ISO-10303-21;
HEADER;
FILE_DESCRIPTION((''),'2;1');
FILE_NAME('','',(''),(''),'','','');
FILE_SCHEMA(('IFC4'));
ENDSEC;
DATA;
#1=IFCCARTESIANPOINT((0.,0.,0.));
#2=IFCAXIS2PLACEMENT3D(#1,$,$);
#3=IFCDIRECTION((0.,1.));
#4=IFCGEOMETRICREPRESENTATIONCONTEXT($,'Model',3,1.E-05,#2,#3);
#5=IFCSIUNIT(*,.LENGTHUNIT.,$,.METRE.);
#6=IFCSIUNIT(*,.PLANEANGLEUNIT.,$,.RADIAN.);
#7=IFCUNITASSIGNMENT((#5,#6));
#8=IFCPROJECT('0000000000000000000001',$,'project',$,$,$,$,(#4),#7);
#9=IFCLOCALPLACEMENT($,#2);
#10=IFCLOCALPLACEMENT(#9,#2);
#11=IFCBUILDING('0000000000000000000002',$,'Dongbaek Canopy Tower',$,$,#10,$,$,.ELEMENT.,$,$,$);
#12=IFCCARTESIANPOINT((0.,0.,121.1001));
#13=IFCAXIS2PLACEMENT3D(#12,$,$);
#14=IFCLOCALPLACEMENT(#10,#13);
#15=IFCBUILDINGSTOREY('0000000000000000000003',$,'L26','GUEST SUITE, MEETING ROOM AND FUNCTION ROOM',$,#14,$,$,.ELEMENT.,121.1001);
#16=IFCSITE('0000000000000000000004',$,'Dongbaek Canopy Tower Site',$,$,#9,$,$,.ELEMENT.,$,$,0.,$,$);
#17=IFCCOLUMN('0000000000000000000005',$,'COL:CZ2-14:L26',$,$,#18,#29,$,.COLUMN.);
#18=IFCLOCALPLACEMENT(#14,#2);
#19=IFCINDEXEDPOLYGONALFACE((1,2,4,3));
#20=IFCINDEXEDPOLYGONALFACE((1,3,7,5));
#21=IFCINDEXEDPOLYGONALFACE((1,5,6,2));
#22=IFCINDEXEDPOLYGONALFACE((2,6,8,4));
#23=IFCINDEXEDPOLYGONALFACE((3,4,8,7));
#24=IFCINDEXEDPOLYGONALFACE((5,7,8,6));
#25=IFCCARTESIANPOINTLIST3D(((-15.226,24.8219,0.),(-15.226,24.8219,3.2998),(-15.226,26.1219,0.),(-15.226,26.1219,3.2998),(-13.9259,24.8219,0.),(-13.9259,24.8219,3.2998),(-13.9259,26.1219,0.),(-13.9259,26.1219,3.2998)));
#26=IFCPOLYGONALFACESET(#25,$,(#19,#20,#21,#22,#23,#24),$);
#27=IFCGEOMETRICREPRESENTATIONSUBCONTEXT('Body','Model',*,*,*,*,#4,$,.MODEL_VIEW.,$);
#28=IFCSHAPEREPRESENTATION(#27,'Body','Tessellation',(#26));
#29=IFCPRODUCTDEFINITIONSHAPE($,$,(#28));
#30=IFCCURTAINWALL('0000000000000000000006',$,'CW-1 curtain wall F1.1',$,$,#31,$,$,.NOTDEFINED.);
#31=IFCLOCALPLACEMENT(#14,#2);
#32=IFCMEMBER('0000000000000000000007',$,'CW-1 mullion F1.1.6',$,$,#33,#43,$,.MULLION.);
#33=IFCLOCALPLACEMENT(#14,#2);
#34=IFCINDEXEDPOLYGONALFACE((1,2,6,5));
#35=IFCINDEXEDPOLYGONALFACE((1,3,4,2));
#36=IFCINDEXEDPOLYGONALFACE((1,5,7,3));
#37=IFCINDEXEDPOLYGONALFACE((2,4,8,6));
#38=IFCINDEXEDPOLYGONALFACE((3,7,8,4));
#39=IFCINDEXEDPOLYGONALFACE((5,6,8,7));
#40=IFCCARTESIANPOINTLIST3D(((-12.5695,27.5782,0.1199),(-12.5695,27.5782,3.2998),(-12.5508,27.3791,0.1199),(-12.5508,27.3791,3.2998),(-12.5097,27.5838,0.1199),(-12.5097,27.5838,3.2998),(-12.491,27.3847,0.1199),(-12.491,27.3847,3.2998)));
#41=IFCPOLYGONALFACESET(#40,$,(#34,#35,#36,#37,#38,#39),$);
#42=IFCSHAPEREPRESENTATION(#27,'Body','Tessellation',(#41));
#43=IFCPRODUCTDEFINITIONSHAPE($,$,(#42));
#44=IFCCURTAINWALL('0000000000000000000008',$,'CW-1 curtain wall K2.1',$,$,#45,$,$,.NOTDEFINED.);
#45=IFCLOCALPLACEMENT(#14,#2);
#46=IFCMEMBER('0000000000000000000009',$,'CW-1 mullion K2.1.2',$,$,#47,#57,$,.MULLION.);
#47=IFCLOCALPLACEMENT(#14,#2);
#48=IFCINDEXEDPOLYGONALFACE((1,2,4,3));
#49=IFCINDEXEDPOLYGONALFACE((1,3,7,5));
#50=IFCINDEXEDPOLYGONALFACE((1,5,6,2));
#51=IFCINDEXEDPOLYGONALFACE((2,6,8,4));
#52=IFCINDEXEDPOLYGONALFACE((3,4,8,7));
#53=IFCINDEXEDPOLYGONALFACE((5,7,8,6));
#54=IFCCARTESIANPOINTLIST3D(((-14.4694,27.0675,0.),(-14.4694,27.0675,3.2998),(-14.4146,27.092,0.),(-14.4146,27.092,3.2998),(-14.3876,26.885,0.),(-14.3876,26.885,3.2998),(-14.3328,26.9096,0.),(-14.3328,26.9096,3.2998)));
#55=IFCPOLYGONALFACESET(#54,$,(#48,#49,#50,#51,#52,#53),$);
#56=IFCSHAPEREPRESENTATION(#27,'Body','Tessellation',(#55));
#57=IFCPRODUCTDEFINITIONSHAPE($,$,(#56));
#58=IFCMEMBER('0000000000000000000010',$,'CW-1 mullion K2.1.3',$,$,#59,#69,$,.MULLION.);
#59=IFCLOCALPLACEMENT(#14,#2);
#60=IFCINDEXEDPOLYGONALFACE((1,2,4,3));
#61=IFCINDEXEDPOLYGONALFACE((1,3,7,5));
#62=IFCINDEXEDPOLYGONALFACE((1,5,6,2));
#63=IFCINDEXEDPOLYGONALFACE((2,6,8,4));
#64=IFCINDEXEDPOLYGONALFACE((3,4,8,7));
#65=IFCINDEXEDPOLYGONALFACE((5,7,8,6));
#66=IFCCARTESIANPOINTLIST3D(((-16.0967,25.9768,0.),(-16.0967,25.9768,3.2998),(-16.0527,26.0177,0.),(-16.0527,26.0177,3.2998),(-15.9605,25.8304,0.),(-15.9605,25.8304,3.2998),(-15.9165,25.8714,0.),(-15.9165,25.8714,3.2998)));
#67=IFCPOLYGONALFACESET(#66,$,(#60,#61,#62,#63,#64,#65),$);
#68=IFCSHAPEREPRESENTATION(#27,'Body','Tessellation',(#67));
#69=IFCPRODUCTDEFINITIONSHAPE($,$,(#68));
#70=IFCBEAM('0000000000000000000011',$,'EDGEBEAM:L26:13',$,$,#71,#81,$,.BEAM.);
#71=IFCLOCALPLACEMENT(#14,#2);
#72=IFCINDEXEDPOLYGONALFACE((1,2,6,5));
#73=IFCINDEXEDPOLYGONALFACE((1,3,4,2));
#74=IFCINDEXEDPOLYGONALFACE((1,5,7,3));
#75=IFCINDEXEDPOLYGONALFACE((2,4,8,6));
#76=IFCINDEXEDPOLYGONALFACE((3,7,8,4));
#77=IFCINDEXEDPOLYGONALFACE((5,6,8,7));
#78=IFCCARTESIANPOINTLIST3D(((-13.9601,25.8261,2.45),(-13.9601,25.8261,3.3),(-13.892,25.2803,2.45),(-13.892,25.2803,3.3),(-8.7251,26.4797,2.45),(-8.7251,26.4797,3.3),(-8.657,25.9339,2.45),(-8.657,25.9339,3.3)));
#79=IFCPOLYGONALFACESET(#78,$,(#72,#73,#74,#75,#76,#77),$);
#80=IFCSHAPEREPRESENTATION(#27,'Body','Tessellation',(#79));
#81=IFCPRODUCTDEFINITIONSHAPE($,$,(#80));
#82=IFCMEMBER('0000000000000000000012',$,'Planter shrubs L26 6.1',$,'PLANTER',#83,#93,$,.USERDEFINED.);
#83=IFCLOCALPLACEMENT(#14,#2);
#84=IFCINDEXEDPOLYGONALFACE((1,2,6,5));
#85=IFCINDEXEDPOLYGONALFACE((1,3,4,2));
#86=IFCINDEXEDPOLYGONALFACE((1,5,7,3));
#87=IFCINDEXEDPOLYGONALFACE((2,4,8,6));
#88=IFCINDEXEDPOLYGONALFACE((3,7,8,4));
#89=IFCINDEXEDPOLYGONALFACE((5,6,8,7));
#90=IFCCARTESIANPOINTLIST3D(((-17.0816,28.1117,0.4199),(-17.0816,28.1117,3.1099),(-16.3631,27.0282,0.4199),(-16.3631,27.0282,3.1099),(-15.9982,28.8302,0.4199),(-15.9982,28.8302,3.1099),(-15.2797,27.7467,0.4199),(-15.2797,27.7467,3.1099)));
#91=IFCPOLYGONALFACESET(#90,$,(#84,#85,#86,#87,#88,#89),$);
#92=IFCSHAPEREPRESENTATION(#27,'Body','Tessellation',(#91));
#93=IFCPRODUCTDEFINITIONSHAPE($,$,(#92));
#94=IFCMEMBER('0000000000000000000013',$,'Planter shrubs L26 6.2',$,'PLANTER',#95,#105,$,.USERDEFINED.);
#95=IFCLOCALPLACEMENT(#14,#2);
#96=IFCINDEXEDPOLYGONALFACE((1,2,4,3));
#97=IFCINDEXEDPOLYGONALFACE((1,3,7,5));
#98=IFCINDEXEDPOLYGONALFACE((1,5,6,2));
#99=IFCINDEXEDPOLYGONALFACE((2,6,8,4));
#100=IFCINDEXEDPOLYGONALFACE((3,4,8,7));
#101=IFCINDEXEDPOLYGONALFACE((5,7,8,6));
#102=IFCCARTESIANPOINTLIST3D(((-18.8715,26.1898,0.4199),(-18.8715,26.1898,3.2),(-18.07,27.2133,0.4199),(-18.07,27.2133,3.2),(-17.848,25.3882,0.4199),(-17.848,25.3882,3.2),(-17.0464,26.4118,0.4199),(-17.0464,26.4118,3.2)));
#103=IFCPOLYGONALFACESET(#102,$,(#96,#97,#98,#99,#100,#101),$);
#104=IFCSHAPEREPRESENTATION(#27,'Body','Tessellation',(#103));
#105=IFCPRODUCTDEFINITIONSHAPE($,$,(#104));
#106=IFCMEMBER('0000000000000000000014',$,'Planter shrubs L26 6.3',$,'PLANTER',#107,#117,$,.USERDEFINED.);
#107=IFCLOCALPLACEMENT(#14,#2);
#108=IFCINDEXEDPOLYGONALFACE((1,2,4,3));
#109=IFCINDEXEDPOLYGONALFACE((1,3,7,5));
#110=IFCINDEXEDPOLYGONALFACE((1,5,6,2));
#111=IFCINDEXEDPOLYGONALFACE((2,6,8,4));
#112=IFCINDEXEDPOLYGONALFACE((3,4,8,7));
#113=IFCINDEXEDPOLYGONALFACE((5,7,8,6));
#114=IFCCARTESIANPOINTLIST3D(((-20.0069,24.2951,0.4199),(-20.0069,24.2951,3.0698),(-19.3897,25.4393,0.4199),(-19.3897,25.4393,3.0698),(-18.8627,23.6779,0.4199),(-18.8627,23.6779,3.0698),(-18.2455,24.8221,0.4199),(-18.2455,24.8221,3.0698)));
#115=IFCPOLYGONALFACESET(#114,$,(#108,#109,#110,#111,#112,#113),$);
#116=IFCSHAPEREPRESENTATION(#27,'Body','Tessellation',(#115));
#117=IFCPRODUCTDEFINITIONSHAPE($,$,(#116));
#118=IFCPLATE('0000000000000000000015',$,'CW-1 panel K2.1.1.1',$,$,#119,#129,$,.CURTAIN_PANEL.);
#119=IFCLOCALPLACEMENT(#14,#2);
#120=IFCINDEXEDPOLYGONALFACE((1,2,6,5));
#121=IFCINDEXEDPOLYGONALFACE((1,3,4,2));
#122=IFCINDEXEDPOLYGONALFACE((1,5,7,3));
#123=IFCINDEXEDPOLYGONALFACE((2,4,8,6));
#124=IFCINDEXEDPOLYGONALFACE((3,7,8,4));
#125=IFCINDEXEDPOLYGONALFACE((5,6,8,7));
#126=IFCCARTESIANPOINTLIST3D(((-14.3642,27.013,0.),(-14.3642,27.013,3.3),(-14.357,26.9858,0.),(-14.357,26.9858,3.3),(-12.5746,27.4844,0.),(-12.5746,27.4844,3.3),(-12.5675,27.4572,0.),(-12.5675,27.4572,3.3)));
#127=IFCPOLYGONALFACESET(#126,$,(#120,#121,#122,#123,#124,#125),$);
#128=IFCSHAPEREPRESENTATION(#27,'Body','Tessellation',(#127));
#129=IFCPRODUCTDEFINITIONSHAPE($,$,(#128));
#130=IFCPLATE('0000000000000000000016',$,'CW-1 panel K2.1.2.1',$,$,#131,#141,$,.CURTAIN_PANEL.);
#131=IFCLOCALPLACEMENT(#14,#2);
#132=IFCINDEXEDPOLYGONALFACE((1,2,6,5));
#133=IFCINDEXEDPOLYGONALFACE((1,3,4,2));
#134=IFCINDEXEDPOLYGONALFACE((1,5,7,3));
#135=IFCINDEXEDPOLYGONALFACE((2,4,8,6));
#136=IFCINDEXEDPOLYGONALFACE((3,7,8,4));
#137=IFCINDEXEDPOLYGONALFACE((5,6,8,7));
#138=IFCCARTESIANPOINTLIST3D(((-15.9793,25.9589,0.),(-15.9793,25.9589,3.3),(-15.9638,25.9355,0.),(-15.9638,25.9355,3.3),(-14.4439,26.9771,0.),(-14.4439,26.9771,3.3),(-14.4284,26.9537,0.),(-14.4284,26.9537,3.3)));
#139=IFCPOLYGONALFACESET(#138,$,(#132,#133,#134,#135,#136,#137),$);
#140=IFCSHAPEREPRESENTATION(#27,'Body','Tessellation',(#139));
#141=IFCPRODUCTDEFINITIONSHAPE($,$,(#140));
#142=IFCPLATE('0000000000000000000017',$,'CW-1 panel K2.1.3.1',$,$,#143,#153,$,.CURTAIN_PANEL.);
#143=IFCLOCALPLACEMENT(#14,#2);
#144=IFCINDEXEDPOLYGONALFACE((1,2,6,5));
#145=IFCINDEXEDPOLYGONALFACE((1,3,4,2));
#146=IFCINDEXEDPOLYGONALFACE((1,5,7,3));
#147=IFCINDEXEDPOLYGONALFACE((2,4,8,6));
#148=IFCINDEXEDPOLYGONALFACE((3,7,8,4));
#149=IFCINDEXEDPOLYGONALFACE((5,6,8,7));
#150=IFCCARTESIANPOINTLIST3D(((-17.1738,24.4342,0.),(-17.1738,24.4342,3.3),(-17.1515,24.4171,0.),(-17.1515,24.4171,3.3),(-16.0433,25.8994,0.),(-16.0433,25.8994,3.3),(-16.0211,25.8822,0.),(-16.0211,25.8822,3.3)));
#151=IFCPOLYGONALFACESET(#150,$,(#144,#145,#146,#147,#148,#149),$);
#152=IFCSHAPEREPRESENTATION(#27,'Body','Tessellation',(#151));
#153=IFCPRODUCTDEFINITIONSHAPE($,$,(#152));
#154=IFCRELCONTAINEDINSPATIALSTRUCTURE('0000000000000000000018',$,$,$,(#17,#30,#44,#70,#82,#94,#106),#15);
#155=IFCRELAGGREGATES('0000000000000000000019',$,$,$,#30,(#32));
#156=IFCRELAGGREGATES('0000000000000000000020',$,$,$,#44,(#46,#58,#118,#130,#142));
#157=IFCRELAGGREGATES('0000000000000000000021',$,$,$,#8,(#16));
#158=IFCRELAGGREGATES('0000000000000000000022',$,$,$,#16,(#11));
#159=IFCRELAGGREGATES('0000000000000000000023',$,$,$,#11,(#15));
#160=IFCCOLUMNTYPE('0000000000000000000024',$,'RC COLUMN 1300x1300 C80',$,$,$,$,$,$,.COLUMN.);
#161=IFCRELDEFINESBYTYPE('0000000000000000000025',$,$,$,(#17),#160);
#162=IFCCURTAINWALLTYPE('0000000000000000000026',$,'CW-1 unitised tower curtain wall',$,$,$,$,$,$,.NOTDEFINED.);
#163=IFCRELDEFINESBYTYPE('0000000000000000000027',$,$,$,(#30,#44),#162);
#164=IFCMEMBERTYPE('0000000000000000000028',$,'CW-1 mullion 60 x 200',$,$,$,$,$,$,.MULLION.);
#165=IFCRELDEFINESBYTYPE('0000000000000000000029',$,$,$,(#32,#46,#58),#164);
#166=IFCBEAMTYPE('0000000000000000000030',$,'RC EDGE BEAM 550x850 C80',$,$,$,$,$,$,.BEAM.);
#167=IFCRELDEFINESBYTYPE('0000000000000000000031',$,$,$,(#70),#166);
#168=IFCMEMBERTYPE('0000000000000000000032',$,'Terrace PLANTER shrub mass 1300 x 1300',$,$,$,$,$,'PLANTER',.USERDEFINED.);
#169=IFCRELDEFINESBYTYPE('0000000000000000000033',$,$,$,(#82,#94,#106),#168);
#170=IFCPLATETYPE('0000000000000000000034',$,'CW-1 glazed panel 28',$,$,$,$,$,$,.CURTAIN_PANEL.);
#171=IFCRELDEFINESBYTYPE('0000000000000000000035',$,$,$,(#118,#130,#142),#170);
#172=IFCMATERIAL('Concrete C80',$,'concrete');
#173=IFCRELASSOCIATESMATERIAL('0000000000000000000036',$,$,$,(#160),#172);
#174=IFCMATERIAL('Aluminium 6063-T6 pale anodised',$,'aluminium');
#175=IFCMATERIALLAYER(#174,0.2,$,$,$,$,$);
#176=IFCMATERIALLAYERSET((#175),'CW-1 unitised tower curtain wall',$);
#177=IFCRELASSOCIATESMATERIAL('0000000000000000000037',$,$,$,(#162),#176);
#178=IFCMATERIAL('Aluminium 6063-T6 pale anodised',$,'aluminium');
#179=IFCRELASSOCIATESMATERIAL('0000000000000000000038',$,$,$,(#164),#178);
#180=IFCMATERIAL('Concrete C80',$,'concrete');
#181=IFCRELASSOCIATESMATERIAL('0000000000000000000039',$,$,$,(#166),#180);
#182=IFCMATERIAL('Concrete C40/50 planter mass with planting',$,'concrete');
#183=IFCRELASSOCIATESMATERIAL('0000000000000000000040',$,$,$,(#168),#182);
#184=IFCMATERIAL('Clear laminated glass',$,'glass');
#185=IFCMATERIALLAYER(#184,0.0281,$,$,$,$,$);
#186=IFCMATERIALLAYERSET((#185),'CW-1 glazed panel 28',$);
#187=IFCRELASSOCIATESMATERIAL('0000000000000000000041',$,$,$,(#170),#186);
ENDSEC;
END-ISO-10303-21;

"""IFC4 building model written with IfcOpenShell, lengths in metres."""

from ifc_helpers import new_model, si_unit, direction, frame, origin, origin_2d, place, context, subcontext, project, spatial, rectangle, extrude, material, layer, layer_set, material_profile, profile_set, type_object, element, aggregate, save


model = new_model("IFC4")

# Units and contexts
model_context = context("Model", 3, precision=1e-05, world=origin(), true_north=direction((0.0, 1.0)))
body_context = subcontext(model_context, "Body", "Model", "MODEL_VIEW")
ifc_project = project(units=[si_unit("LENGTHUNIT", "METRE"), si_unit("PLANEANGLEUNIT", "RADIAN")], contexts=[model_context])

# Site, building, storey
site_placement = place(None, origin())
site = spatial("IfcSite", under=ifc_project, at=site_placement, Name="Dongbaek Canopy Tower Site", CompositionType="ELEMENT", RefElevation=0.0)
building_placement = place(site_placement, origin())
building = spatial("IfcBuilding", under=site, at=building_placement, Name="Dongbaek Canopy Tower", CompositionType="ELEMENT")
storey_placement = place(building_placement, frame((0.0, 0.0, 121.1001)))
storey = spatial("IfcBuildingStorey", under=building, at=storey_placement, Name="L26", Description="GUEST SUITE, MEETING ROOM AND FUNCTION ROOM", CompositionType="ELEMENT", Elevation=121.1001)

# Column
ifc_material_1 = material(Name="Concrete C80", Category="concrete")
ifc_material_profile_1 = material_profile(ifc_material_1, rectangle(XDim=1.3, YDim=1.3, at=origin_2d()), Name="RC COLUMN 1300x1300 C80")
ifc_profile_set_1 = profile_set([ifc_material_profile_1], Name="Concrete C80")
column_type = type_object("IfcColumnType", Name="RC COLUMN 1300x1300 C80", PredefinedType="COLUMN", material=ifc_profile_set_1)
column_placement = place(storey_placement, frame((-14.5759, 25.4719, 0.0), z_axis=(0.0, 0.0, 1.0), x_axis=(1.0, 0.0, 0.0)))
element("IfcColumn", 1, at=column_placement, inside=storey, type_object=column_type, Name="COL:CZ2-14:L26", PredefinedType="COLUMN", context=body_context, shape_type="SweptSolid", body=[
    extrude(rectangle(XDim=1.3, YDim=1.3, at=origin_2d()), origin(), (0.0, 0.0, 1.0), 3.2998),
])

# Curtain wall, member
ifc_material_2 = material(Name="Aluminium 6063-T6 pale anodised", Category="aluminium")
ifc_layer_1 = layer(ifc_material_2, 0.2)
ifc_layer_set_1 = layer_set([ifc_layer_1], Name="CW-1 unitised tower curtain wall")
curtain_wall_type = type_object("IfcCurtainWallType", Name="CW-1 unitised tower curtain wall", PredefinedType="NOTDEFINED", material=ifc_layer_set_1)
curtain_wall_1_placement = place(storey_placement, origin())
curtain_wall_1 = element("IfcCurtainWall", 2, at=curtain_wall_1_placement, inside=storey, type_object=curtain_wall_type, Name="CW-1 curtain wall F1.1", PredefinedType="NOTDEFINED")
ifc_material_3 = material(Name="Aluminium 6063-T6 pale anodised", Category="aluminium")
ifc_material_profile_2 = material_profile(ifc_material_3, rectangle(XDim=0.2, YDim=0.0601, at=origin_2d()), Name="CW-1 mullion 60 x 200")
ifc_profile_set_2 = profile_set([ifc_material_profile_2], Name="Aluminium 6063-T6 pale anodised")
member_type_1 = type_object("IfcMemberType", Name="CW-1 mullion 60 x 200", PredefinedType="MULLION", material=ifc_profile_set_2)
member_1_placement = place(storey_placement, frame((-12.5303, 27.4814, 0.1199), z_axis=(0.0, 0.0, 1.0), x_axis=(-0.093398, 0.995629, 0.0)))
member_1 = element("IfcMember", 3, at=member_1_placement, type_object=member_type_1, Name="CW-1 mullion F1.1.6", PredefinedType="MULLION", context=body_context, shape_type="SweptSolid", body=[
    extrude(rectangle(XDim=0.2, YDim=0.0601, at=origin_2d()), origin(), (0.0, 0.0, 1.0), 3.1799),
])
aggregate(curtain_wall_1, [member_1])

# Curtain wall, members
curtain_wall_2_placement = place(storey_placement, origin())
curtain_wall_2 = element("IfcCurtainWall", 4, at=curtain_wall_2_placement, inside=storey, type_object=curtain_wall_type, Name="CW-1 curtain wall K2.1", PredefinedType="NOTDEFINED")
member_2_placement = place(storey_placement, frame((-14.4011, 26.9885, 0.0), z_axis=(0.0, 0.0, 1.0), x_axis=(-0.409193, 0.912448, 0.0)))
member_2 = element("IfcMember", 5, at=member_2_placement, type_object=member_type_1, Name="CW-1 mullion K2.1.2", PredefinedType="MULLION", context=body_context, shape_type="SweptSolid", body=[
    extrude(rectangle(XDim=0.2, YDim=0.0601, at=origin_2d()), origin(), (0.0, 0.0, 1.0), 3.2998),
])
member_3_placement = place(storey_placement, frame((-16.0066, 25.9241, 0.0), z_axis=(0.0, 0.0, 1.0), x_axis=(-0.681349, 0.731958, 0.0)))
member_3 = element("IfcMember", 6, at=member_3_placement, type_object=member_type_1, Name="CW-1 mullion K2.1.3", PredefinedType="MULLION", context=body_context, shape_type="SweptSolid", body=[
    extrude(rectangle(XDim=0.2, YDim=0.0601, at=origin_2d()), origin(), (0.0, 0.0, 1.0), 3.2998),
])

# Beam
ifc_material_4 = material(Name="Concrete C80", Category="concrete")
ifc_material_profile_3 = material_profile(ifc_material_4, rectangle(XDim=0.55, YDim=0.8501, at=origin_2d()), Name="RC EDGE BEAM 550x850 C80")
ifc_profile_set_3 = profile_set([ifc_material_profile_3], Name="Concrete C80")
beam_type = type_object("IfcBeamType", Name="RC EDGE BEAM 550x850 C80", PredefinedType="BEAM", material=ifc_profile_set_3)
beam_placement = place(storey_placement, frame((-13.926, 25.5532, 2.875), z_axis=(0.992297, 0.123881, 0.0), x_axis=(-0.123881, 0.992297, 0.0)))
element("IfcBeam", 7, at=beam_placement, inside=storey, type_object=beam_type, Name="EDGEBEAM:L26:13", PredefinedType="BEAM", context=body_context, shape_type="SweptSolid", body=[
    extrude(rectangle(XDim=0.55, YDim=0.8501, at=origin_2d()), origin(), (0.0, 0.0, 1.0), 5.2756),
])

# Members
ifc_material_5 = material(Name="Concrete C40/50 planter mass with planting", Category="concrete")
ifc_material_profile_4 = material_profile(ifc_material_5, rectangle(XDim=1.3, YDim=1.3, at=origin_2d()), Name="Terrace PLANTER shrub mass 1300 x 1300")
ifc_profile_set_4 = profile_set([ifc_material_profile_4], Name="Concrete C40/50 planter mass with planting")
member_type_2 = type_object("IfcMemberType", Name="Terrace PLANTER shrub mass 1300 x 1300", ElementType="PLANTER", PredefinedType="USERDEFINED", material=ifc_profile_set_4)
member_4_placement = place(storey_placement, frame((-16.1807, 27.9292, 0.4199), z_axis=(0.0, 0.0, 1.0), x_axis=(-0.552689, 0.833388, 0.0)))
element("IfcMember", 8, at=member_4_placement, inside=storey, type_object=member_type_2, Name="Planter shrubs L26 6.1", ObjectType="PLANTER", PredefinedType="USERDEFINED", context=body_context, shape_type="SweptSolid", body=[
    extrude(rectangle(XDim=1.3, YDim=1.3, at=origin_2d()), origin(), (0.0, 0.0, 1.0), 2.6899),
])
member_5_placement = place(storey_placement, frame((-17.959, 26.3008, 0.4199), z_axis=(0.0, 0.0, 1.0), x_axis=(-0.787326, 0.616537, 0.0)))
element("IfcMember", 9, at=member_5_placement, inside=storey, type_object=member_type_2, Name="Planter shrubs L26 6.2", ObjectType="PLANTER", PredefinedType="USERDEFINED", context=body_context, shape_type="SweptSolid", body=[
    extrude(rectangle(XDim=1.3, YDim=1.3, at=origin_2d()), origin(), (0.0, 0.0, 1.0), 2.78),
])
member_6_placement = place(storey_placement, frame((-19.1262, 24.5586, 0.4199), z_axis=(0.0, 0.0, 1.0), x_axis=(-0.880109, 0.474771, 0.0)))
element("IfcMember", 10, at=member_6_placement, inside=storey, type_object=member_type_2, Name="Planter shrubs L26 6.3", ObjectType="PLANTER", PredefinedType="USERDEFINED", context=body_context, shape_type="SweptSolid", body=[
    extrude(rectangle(XDim=1.3, YDim=1.3, at=origin_2d()), origin(), (0.0, 0.0, 1.0), 2.6499),
])

# Plates
ifc_material_6 = material(Name="Clear laminated glass", Category="glass")
ifc_layer_2 = layer(ifc_material_6, 0.0281)
ifc_layer_set_2 = layer_set([ifc_layer_2], Name="CW-1 glazed panel 28")
plate_type = type_object("IfcPlateType", Name="CW-1 glazed panel 28", PredefinedType="CURTAIN_PANEL", material=ifc_layer_set_2)
plate_1_placement = place(storey_placement, frame((-13.4658, 27.2351, 0.0), z_axis=(0.0, 0.0, 1.0), x_axis=(-0.967016, -0.254714, 0.0)))
plate_1 = element("IfcPlate", 11, at=plate_1_placement, type_object=plate_type, Name="CW-1 panel K2.1.1.1", PredefinedType="CURTAIN_PANEL", context=body_context, shape_type="SweptSolid", body=[
    extrude(rectangle(XDim=1.8506, YDim=0.0281, at=origin_2d()), origin(), (0.0, 0.0, 1.0), 3.3),
])
plate_2_placement = place(storey_placement, frame((-15.2039, 26.4563, 0.0), z_axis=(0.0, 0.0, 1.0), x_axis=(-0.833388, -0.552689, 0.0)))
plate_2 = element("IfcPlate", 12, at=plate_2_placement, type_object=plate_type, Name="CW-1 panel K2.1.2.1", PredefinedType="CURTAIN_PANEL", context=body_context, shape_type="SweptSolid", body=[
    extrude(rectangle(XDim=1.8423, YDim=0.0281, at=origin_2d()), origin(), (0.0, 0.0, 1.0), 3.3),
])
plate_3_placement = place(storey_placement, frame((-16.5974, 25.1582, 0.0), z_axis=(0.0, 0.0, 1.0), x_axis=(-0.610882, -0.791722, 0.0)))
plate_3 = element("IfcPlate", 13, at=plate_3_placement, type_object=plate_type, Name="CW-1 panel K2.1.3.1", PredefinedType="CURTAIN_PANEL", context=body_context, shape_type="SweptSolid", body=[
    extrude(rectangle(XDim=1.8506, YDim=0.0281, at=origin_2d()), origin(), (0.0, 0.0, 1.0), 3.3),
])
aggregate(curtain_wall_2, [member_2, member_3, plate_1, plate_2, plate_3])

save(model, "model.ifc")
